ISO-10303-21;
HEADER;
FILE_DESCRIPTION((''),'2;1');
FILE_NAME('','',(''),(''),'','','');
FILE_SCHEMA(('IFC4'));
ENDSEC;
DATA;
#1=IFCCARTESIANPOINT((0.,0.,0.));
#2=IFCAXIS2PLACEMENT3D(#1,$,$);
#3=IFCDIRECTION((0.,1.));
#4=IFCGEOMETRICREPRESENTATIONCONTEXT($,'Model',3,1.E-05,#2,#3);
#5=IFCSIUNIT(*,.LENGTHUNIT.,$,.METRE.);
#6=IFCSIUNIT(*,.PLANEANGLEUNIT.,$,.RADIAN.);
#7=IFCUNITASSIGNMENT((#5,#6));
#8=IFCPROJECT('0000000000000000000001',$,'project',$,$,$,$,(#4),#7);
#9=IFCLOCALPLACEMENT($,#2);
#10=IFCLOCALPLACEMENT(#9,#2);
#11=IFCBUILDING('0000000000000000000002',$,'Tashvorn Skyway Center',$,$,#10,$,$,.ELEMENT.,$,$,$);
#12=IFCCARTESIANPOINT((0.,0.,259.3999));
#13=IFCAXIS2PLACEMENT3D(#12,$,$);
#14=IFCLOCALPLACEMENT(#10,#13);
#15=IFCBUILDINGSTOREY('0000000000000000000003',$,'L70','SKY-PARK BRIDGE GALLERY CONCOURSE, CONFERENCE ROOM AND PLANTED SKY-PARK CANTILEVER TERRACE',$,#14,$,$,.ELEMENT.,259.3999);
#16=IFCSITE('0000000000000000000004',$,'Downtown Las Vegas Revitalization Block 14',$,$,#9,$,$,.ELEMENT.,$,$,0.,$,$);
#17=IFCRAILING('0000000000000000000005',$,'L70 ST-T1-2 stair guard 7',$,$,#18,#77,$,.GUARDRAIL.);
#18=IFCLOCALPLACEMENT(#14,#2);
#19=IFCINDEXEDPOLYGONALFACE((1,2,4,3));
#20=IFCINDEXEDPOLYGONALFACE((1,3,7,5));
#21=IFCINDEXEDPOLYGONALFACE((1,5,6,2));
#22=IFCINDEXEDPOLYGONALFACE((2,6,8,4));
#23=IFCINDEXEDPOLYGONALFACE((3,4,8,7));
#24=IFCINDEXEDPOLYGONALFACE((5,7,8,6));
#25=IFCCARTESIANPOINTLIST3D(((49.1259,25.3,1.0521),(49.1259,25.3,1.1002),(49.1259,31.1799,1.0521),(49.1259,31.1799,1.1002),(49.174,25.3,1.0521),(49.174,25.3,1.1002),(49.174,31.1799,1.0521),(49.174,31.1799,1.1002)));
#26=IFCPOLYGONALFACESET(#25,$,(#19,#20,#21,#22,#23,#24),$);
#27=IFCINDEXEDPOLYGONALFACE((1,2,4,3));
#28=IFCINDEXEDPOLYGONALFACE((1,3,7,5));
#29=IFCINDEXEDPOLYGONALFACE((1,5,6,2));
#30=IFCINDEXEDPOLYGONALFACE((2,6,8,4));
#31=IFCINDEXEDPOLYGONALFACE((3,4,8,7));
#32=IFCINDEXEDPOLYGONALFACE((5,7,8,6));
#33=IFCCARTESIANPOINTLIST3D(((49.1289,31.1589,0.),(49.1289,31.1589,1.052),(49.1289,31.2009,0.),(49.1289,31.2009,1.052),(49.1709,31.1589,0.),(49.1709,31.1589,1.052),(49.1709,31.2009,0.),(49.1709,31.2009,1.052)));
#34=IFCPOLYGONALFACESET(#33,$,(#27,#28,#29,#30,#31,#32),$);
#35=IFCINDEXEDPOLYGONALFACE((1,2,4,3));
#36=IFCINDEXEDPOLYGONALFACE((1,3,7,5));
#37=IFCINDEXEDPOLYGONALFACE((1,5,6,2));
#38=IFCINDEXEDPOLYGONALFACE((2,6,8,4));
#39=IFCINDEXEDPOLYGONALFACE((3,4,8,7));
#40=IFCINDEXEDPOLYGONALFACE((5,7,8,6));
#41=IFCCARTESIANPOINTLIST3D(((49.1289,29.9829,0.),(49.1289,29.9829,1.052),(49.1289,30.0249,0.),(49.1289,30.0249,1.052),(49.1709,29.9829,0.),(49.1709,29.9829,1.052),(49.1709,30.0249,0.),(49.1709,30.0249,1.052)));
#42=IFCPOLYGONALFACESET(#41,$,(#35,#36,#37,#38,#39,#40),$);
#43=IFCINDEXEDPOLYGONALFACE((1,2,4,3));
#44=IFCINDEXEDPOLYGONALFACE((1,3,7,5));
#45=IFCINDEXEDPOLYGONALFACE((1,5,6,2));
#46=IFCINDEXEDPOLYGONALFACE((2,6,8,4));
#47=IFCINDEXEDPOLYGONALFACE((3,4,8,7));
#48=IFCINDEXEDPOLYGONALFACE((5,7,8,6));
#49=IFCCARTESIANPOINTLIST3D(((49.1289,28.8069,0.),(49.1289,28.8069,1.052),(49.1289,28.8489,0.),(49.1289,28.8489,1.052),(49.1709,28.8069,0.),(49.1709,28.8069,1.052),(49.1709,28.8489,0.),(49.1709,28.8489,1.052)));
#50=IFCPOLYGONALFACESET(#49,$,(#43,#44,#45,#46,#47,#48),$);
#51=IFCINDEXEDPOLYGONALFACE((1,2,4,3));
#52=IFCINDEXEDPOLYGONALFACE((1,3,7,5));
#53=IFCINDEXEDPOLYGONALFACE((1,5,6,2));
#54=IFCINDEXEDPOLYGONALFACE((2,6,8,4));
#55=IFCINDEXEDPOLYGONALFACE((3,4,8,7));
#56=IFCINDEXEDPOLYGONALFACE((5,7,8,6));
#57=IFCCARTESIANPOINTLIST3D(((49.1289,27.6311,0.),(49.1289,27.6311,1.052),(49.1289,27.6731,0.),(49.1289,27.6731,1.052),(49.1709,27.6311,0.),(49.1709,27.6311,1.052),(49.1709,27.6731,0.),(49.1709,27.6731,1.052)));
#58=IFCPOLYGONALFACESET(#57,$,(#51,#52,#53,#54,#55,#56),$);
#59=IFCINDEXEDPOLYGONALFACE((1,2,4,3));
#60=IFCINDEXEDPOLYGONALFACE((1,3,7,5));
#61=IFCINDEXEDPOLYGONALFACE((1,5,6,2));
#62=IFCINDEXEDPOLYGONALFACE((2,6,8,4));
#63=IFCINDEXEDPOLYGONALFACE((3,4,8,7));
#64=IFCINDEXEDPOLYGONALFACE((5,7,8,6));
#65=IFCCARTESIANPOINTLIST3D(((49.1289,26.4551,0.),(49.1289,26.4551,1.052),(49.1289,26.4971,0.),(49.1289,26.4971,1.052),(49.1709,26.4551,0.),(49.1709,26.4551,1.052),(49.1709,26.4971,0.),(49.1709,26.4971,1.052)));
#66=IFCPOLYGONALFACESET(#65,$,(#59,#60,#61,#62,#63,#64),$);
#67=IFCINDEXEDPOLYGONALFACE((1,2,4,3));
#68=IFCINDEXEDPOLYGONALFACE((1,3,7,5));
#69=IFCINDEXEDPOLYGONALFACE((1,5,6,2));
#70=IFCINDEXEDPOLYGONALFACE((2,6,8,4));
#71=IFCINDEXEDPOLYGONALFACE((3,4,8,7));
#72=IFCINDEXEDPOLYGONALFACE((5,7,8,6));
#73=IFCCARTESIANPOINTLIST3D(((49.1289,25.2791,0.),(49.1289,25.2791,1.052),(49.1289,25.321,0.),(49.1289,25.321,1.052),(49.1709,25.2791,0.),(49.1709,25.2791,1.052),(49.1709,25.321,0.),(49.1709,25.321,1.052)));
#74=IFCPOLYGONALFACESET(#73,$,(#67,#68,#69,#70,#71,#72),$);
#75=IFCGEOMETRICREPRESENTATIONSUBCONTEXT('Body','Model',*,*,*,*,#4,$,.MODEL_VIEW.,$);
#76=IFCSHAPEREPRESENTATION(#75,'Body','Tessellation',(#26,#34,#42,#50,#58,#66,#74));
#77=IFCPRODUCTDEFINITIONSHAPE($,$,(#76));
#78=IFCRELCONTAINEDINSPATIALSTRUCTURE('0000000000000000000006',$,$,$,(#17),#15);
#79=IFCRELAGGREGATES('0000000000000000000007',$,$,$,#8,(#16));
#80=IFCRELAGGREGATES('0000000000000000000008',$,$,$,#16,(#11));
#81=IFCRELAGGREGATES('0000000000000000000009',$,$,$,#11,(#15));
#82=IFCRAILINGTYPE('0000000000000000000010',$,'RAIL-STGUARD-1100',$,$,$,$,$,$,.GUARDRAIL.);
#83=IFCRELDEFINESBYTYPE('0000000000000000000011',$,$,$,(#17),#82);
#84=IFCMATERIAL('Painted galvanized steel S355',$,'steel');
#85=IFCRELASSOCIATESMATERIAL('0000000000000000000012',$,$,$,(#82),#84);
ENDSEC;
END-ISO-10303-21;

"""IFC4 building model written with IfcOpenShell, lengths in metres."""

from ifc_helpers import new_model, si_unit, direction, frame, origin, origin_2d, place, context, subcontext, project, spatial, rectangle, extrude, material, type_object, element, save


model = new_model("IFC4")

# Units and contexts
model_context = context("Model", 3, precision=1e-05, world=origin(), true_north=direction((0.0, 1.0)))
body_context = subcontext(model_context, "Body", "Model", "MODEL_VIEW")
ifc_project = project(units=[si_unit("LENGTHUNIT", "METRE"), si_unit("PLANEANGLEUNIT", "RADIAN")], contexts=[model_context])

# Site, building, storey
site_placement = place(None, origin())
site = spatial("IfcSite", under=ifc_project, at=site_placement, Name="Downtown Las Vegas Revitalization Block 14", CompositionType="ELEMENT", RefElevation=0.0)
building_placement = place(site_placement, origin())
building = spatial("IfcBuilding", under=site, at=building_placement, Name="Tashvorn Skyway Center", CompositionType="ELEMENT")
storey_placement = place(building_placement, frame((0.0, 0.0, 259.3999)))
storey = spatial("IfcBuildingStorey", under=building, at=storey_placement, Name="L70", Description="SKY-PARK BRIDGE GALLERY CONCOURSE, CONFERENCE ROOM AND PLANTED SKY-PARK CANTILEVER TERRACE", CompositionType="ELEMENT", Elevation=259.3999)

# Railing
ifc_material_1 = material(Name="Painted galvanized steel S355", Category="steel")
railing_type_1 = type_object("IfcRailingType", Name="RAIL-STGUARD-1100", PredefinedType="GUARDRAIL", material=ifc_material_1)
railing_1_placement = place(storey_placement, frame((49.1499, 31.1799, 0.0)))
element("IfcRailing", 1, at=railing_1_placement, inside=storey, type_object=railing_type_1, Name="L70 ST-T1-2 stair guard 7", PredefinedType="GUARDRAIL", context=body_context, shape_type="SweptSolid", body=[
    extrude(rectangle(XDim=0.0481, YDim=0.0481, at=origin_2d()), frame((0.0, 0.0, 1.0762), z_axis=(0.0, -1.0, 0.0), x_axis=(1.0, 0.0, 0.0)), (0.0, 0.0, 1.0), 5.8799),
    extrude(rectangle(XDim=0.042, YDim=0.042, at=origin_2d()), origin(), (0.0, 0.0, 1.0), 1.052),
    extrude(rectangle(XDim=0.042, YDim=0.042, at=origin_2d()), frame((0.0, -1.176, 0.0)), (0.0, 0.0, 1.0), 1.052),
    extrude(rectangle(XDim=0.042, YDim=0.042, at=origin_2d()), frame((0.0, -2.3521, 0.0)), (0.0, 0.0, 1.0), 1.052),
    extrude(rectangle(XDim=0.042, YDim=0.042, at=origin_2d()), frame((0.0, -3.5278, 0.0)), (0.0, 0.0, 1.0), 1.052),
    extrude(rectangle(XDim=0.042, YDim=0.042, at=origin_2d()), frame((0.0, -4.7039, 0.0)), (0.0, 0.0, 1.0), 1.052),
    extrude(rectangle(XDim=0.042, YDim=0.042, at=origin_2d()), frame((0.0, -5.8799, 0.0)), (0.0, 0.0, 1.0), 1.052),
])

save(model, "model.ifc")
